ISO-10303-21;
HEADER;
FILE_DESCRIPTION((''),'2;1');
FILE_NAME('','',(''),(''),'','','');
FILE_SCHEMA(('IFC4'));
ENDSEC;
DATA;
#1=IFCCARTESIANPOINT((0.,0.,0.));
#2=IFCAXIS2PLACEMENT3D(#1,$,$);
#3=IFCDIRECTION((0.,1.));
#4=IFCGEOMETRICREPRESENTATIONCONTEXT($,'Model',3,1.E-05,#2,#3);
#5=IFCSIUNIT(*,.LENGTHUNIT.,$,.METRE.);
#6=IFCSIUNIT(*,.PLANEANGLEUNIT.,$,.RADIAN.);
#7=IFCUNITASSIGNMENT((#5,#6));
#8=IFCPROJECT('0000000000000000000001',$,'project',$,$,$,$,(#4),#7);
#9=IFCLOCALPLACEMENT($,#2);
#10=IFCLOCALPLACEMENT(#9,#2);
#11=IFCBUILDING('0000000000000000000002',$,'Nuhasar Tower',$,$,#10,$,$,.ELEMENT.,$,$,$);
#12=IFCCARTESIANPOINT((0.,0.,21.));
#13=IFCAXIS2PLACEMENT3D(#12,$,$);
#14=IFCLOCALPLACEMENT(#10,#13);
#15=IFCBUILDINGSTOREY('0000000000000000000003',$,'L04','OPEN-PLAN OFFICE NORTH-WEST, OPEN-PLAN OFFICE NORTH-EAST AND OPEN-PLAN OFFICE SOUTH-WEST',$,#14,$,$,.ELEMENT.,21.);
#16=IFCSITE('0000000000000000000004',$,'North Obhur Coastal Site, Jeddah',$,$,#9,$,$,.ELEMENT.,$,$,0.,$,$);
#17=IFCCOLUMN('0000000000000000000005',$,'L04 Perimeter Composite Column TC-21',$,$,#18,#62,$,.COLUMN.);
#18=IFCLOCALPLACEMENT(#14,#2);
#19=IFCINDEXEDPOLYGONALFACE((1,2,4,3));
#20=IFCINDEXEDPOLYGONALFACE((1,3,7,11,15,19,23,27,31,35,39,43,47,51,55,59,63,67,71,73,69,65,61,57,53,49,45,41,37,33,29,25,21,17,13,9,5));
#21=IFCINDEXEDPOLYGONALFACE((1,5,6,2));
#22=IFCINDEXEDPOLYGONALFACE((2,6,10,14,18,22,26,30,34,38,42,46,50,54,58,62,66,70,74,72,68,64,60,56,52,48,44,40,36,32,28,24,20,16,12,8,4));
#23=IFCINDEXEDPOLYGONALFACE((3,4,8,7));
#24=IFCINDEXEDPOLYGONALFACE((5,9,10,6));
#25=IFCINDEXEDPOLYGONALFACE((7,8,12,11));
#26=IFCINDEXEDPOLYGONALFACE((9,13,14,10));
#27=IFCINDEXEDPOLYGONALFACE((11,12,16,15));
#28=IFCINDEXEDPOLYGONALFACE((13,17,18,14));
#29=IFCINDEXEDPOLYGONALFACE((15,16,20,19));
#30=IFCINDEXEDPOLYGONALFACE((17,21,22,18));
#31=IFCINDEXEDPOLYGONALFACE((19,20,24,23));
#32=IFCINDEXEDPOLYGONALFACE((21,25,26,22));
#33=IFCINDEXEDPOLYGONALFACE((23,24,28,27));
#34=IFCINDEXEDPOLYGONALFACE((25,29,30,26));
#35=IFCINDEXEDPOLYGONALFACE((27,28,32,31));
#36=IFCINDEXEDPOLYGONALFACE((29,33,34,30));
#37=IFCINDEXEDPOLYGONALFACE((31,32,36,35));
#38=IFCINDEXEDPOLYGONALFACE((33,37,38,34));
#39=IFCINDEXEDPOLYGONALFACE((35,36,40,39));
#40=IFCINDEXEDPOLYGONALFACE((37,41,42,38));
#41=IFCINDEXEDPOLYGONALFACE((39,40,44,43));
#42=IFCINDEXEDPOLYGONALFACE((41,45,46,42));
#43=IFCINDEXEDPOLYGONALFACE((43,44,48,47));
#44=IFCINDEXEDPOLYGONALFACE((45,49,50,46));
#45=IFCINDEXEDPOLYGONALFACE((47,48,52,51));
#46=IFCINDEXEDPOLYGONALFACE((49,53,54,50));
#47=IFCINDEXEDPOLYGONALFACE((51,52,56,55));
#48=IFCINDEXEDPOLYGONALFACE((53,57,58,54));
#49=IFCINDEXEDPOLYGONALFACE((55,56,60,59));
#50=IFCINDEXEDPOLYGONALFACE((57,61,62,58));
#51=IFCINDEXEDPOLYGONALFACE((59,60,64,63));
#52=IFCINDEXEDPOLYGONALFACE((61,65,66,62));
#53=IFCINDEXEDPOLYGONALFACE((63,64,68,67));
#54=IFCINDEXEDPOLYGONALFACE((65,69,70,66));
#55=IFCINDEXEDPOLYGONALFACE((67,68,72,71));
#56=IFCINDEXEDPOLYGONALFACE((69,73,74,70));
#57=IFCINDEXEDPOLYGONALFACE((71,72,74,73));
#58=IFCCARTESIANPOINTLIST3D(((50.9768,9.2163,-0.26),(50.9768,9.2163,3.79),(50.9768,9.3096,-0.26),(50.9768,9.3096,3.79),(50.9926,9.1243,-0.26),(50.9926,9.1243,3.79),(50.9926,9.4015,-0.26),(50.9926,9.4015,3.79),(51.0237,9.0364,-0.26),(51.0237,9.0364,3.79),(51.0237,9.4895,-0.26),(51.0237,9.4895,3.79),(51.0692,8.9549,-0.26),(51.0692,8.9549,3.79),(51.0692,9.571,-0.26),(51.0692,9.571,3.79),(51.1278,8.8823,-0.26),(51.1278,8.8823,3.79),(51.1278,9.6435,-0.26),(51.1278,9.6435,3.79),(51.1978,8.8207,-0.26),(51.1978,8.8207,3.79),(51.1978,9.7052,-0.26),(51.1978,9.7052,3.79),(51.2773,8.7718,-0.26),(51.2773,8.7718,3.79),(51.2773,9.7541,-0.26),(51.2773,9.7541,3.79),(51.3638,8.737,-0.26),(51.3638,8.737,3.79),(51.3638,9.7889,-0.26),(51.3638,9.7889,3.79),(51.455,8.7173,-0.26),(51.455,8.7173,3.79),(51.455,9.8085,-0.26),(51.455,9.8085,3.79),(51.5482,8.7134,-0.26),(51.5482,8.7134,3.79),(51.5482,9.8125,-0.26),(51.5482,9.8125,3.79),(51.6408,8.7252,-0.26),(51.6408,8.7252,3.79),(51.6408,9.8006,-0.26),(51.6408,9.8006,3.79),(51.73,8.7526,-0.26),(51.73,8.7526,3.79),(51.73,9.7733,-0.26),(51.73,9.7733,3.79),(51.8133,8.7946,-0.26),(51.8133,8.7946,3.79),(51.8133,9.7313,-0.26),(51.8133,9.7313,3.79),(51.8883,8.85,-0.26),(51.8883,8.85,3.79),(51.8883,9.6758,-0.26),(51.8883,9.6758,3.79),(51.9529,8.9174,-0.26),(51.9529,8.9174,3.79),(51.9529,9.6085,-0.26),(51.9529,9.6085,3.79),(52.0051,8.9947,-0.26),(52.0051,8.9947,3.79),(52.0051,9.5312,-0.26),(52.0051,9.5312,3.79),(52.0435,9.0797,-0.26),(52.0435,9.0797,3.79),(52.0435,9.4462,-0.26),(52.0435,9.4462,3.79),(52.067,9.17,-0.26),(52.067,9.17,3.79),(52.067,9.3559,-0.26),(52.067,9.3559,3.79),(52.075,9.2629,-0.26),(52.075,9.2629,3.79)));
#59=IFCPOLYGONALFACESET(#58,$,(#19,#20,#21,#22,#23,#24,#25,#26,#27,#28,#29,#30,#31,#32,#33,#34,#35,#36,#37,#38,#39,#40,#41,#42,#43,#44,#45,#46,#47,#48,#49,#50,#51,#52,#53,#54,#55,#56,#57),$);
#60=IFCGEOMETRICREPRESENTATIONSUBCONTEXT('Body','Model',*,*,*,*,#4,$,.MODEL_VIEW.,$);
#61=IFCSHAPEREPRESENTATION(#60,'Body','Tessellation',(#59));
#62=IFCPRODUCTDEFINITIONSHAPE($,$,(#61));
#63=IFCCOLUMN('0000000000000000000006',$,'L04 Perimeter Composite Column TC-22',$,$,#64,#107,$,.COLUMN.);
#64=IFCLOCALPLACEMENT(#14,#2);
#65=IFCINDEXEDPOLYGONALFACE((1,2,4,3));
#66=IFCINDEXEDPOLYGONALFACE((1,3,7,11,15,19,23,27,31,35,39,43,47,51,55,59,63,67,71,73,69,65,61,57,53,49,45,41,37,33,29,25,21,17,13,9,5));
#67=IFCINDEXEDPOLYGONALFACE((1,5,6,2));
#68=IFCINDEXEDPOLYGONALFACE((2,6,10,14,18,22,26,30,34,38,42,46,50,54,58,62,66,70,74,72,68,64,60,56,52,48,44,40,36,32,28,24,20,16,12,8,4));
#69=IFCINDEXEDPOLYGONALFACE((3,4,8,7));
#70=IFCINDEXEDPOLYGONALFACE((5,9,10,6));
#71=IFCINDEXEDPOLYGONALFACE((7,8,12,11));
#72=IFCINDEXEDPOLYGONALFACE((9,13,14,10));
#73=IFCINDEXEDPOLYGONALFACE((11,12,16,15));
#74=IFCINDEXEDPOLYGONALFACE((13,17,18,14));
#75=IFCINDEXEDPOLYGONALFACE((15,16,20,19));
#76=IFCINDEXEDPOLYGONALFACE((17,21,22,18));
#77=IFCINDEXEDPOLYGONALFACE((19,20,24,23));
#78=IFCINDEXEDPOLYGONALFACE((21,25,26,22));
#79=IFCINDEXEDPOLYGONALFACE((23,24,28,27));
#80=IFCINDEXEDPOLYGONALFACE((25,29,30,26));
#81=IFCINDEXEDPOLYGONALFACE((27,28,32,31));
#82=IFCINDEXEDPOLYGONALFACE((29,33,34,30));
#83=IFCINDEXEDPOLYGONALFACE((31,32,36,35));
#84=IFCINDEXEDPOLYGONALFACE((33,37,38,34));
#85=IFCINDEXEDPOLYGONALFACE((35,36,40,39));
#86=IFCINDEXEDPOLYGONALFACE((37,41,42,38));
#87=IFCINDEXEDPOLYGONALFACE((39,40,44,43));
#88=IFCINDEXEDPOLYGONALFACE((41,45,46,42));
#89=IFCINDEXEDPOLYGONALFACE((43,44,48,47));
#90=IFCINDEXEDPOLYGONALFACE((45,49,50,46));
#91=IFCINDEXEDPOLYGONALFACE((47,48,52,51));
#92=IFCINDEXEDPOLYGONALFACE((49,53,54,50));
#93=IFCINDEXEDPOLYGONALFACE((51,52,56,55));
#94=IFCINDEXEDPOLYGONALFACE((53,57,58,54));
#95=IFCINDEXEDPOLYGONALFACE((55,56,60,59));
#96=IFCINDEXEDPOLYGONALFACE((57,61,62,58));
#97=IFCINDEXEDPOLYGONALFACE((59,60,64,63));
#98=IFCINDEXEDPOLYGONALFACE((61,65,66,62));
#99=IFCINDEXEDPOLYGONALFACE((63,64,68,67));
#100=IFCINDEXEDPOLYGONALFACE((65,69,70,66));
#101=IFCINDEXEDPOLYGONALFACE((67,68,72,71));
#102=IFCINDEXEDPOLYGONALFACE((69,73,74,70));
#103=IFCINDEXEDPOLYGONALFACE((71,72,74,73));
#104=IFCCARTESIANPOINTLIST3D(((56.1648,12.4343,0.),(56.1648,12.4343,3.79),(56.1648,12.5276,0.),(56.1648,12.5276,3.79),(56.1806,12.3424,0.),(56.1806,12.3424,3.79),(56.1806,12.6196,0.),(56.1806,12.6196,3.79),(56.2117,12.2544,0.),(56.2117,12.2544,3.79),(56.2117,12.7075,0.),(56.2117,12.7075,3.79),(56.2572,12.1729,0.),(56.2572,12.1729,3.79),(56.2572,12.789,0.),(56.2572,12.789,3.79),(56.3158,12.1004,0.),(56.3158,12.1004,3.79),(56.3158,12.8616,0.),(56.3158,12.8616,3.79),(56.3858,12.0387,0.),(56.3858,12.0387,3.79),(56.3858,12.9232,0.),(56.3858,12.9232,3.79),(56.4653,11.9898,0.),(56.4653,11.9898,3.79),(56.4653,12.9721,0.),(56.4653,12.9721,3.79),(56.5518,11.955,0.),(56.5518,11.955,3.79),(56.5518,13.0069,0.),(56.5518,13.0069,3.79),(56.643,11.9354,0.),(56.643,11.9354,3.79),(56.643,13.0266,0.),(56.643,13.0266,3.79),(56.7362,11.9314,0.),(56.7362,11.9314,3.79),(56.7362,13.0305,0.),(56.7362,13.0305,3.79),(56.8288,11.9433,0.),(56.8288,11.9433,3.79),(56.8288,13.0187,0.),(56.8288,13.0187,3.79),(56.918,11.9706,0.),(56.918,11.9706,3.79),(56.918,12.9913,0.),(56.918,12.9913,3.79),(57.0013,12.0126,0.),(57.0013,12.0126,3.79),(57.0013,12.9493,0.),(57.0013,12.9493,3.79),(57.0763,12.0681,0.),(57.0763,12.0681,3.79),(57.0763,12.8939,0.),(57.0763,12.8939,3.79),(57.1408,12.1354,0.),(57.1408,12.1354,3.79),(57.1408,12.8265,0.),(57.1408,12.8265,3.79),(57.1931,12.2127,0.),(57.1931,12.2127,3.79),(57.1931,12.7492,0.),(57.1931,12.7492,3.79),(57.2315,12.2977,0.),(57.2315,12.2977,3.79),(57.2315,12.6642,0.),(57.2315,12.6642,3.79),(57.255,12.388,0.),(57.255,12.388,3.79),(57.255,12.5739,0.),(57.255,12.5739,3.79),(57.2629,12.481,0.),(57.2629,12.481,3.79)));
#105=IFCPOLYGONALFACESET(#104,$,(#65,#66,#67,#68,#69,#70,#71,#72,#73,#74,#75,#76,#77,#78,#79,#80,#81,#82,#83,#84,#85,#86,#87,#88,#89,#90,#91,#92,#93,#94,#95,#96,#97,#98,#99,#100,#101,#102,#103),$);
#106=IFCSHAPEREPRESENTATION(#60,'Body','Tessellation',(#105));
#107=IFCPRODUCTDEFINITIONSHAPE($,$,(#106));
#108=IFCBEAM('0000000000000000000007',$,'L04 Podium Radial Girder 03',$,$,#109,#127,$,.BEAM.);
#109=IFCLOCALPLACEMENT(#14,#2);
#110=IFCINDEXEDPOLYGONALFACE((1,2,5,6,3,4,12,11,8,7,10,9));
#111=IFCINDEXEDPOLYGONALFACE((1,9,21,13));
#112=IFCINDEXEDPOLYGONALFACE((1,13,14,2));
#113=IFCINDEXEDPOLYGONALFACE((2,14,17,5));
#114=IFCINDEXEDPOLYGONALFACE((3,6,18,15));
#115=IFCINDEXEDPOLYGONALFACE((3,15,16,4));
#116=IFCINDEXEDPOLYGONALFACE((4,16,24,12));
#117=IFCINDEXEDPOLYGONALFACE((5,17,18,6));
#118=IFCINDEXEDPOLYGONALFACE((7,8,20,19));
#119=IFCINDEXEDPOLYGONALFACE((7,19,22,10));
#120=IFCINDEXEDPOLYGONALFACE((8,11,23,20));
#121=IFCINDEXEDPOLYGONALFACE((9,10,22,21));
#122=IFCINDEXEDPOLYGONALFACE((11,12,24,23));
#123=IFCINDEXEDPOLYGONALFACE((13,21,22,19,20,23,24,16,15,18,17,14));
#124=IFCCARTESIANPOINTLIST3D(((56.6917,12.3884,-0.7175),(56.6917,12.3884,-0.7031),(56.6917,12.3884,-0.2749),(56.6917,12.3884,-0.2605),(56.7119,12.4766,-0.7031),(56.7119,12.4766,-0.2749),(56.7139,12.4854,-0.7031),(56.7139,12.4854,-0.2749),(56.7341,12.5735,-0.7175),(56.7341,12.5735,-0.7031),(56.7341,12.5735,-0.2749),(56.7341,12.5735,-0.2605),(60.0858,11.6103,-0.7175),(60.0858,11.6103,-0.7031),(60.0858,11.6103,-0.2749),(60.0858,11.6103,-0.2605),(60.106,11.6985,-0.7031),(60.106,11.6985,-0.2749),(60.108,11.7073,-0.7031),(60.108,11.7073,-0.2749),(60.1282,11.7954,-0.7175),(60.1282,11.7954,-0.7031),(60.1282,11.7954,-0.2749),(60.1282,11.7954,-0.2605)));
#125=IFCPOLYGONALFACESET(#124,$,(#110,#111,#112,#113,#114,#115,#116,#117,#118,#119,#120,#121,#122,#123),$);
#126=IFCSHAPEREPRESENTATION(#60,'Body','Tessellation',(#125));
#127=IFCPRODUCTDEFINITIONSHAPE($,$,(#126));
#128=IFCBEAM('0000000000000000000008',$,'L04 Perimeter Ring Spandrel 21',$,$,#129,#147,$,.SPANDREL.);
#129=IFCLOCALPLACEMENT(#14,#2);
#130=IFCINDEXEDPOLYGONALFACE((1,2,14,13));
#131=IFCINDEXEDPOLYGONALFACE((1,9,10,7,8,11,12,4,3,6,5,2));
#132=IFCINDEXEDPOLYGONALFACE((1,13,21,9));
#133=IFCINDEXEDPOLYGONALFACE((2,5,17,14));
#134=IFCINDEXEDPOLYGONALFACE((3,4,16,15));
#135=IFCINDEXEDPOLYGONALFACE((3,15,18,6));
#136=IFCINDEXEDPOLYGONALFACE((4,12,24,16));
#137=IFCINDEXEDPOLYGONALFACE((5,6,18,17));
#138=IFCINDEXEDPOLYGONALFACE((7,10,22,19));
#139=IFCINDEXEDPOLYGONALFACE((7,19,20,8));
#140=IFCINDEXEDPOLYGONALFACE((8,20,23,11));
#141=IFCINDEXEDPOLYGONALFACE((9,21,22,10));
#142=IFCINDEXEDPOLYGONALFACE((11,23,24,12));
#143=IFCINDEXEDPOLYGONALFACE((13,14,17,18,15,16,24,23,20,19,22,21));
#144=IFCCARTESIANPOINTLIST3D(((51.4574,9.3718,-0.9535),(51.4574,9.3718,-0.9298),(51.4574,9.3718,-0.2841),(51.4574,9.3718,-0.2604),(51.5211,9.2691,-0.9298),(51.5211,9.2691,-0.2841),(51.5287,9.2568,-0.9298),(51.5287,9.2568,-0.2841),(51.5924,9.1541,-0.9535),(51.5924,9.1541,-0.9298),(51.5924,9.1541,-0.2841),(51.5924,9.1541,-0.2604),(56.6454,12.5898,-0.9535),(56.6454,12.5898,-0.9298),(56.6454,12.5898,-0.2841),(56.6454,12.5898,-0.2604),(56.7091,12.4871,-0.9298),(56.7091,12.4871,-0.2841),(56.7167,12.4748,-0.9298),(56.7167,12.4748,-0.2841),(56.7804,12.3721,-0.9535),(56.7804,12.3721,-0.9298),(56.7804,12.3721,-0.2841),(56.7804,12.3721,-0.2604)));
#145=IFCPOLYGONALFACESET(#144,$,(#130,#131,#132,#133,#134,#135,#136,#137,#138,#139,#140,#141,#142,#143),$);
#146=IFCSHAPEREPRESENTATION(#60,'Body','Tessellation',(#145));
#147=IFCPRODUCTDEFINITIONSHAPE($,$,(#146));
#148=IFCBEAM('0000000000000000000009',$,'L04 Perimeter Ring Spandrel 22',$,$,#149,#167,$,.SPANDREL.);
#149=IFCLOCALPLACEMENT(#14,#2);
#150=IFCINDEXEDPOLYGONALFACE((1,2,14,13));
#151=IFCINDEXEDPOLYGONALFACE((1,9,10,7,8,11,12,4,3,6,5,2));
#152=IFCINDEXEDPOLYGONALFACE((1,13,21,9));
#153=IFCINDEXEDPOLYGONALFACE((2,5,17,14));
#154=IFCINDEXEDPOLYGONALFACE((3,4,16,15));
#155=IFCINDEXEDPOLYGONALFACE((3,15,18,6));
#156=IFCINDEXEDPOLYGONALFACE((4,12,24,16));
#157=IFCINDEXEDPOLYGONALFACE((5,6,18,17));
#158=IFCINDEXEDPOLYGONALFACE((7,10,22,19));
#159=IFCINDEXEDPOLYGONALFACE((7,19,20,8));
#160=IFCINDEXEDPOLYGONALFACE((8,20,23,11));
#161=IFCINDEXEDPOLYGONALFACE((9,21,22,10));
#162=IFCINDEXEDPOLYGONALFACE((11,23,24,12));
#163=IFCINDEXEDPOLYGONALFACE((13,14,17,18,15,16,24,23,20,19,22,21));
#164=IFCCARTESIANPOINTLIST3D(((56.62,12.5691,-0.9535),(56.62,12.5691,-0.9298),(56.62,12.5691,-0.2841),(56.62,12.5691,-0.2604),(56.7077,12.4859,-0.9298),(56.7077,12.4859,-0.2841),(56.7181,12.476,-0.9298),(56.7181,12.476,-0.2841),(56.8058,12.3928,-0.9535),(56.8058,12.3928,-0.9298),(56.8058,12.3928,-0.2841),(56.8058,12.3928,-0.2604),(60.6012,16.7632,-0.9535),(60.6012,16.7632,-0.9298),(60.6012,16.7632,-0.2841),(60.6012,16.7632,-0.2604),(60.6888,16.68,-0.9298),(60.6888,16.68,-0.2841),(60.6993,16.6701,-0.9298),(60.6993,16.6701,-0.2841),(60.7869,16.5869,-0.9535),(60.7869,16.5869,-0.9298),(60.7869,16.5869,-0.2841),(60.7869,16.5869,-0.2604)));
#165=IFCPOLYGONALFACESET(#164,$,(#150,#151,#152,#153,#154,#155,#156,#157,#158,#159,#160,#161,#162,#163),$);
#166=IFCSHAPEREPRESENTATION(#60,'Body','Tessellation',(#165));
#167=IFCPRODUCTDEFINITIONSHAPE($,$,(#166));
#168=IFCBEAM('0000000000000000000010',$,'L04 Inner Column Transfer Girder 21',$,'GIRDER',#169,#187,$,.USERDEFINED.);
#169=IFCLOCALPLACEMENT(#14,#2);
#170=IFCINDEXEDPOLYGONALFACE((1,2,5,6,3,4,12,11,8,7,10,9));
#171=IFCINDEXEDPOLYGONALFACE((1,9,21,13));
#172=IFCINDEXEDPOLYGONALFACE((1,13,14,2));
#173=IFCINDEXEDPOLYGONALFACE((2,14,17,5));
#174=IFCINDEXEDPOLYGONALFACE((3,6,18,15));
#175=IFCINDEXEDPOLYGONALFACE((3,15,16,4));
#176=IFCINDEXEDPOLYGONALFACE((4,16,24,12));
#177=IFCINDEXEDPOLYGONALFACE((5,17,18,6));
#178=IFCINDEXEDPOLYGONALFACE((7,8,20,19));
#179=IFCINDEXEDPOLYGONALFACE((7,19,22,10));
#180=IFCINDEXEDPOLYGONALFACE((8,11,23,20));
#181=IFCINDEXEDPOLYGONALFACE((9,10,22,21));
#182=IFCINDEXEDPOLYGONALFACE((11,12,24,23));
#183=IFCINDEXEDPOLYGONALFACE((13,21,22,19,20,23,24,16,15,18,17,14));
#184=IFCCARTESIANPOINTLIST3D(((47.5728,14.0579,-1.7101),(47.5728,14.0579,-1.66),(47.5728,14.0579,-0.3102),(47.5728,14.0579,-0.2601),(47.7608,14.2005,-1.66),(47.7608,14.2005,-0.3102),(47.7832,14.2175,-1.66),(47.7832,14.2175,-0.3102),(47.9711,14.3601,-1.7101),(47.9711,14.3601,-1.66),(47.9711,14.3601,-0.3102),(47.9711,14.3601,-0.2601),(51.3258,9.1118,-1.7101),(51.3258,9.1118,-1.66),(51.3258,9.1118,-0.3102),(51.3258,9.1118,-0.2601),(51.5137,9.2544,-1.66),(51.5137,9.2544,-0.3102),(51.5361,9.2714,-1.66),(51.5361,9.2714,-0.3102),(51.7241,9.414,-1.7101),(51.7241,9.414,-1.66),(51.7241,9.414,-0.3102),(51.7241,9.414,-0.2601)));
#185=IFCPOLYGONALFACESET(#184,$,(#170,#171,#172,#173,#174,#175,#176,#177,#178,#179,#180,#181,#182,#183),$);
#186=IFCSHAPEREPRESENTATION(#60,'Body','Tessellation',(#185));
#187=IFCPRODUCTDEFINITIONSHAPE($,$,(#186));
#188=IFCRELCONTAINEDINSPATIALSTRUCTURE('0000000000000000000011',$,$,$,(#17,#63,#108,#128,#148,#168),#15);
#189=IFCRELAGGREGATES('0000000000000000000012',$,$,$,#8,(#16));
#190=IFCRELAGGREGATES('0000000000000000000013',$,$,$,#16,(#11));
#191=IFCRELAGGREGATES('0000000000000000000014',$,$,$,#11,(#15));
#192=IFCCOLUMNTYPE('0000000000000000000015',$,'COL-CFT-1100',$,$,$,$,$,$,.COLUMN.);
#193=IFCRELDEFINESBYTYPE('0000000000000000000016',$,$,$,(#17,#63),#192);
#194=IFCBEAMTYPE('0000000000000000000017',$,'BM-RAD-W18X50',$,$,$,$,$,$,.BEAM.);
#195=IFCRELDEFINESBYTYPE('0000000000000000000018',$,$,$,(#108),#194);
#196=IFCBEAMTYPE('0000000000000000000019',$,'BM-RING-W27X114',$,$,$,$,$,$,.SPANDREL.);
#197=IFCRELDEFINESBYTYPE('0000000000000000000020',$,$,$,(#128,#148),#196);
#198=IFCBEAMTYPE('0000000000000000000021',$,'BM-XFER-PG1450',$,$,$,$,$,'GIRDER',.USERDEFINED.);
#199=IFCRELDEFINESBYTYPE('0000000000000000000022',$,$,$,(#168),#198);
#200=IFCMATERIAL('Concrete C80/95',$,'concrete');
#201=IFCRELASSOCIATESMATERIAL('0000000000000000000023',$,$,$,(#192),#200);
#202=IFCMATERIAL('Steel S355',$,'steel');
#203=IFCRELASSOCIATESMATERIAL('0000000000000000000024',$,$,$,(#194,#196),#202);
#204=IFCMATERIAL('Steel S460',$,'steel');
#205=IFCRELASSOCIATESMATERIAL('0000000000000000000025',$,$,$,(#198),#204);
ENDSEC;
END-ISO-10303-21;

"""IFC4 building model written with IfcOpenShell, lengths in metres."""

from ifc_helpers import new_model, si_unit, direction, frame, origin, origin_2d, place, context, subcontext, project, spatial, circle, i_section, extrude, material, material_profile, profile_set, type_object, element, save


model = new_model("IFC4")

# Units and contexts
model_context = context("Model", 3, precision=1e-05, world=origin(), true_north=direction((0.0, 1.0)))
body_context = subcontext(model_context, "Body", "Model", "MODEL_VIEW")
ifc_project = project(units=[si_unit("LENGTHUNIT", "METRE"), si_unit("PLANEANGLEUNIT", "RADIAN")], contexts=[model_context])

# Site, building, storey
site_placement = place(None, origin())
site = spatial("IfcSite", under=ifc_project, at=site_placement, Name="North Obhur Coastal Site, Jeddah", CompositionType="ELEMENT", RefElevation=0.0)
building_placement = place(site_placement, origin())
building = spatial("IfcBuilding", under=site, at=building_placement, Name="Nuhasar Tower", CompositionType="ELEMENT")
storey_placement = place(building_placement, frame((0.0, 0.0, 21.0)))
storey = spatial("IfcBuildingStorey", under=building, at=storey_placement, Name="L04", Description="OPEN-PLAN OFFICE NORTH-WEST, OPEN-PLAN OFFICE NORTH-EAST AND OPEN-PLAN OFFICE SOUTH-WEST", CompositionType="ELEMENT", Elevation=21.0)

# Columns
ifc_material_1 = material(Name="Concrete C80/95", Category="concrete")
ifc_material_profile_1 = material_profile(ifc_material_1, circle(Radius=0.55, at=origin_2d()), Name="CFT1100")
ifc_profile_set_1 = profile_set([ifc_material_profile_1], Name="Concrete C80/95")
column_type = type_object("IfcColumnType", Name="COL-CFT-1100", PredefinedType="COLUMN", material=ifc_profile_set_1)
column_1_placement = place(storey_placement, frame((51.5249, 9.2629, -0.26), z_axis=(0.0, 0.0, 1.0), x_axis=(1.0, 0.0, 0.0)))
element("IfcColumn", 1, at=column_1_placement, inside=storey, type_object=column_type, Name="L04 Perimeter Composite Column TC-21", PredefinedType="COLUMN", context=body_context, shape_type="SweptSolid", body=[
    extrude(circle(Radius=0.55, at=origin_2d()), origin(), (0.0, 0.0, 1.0), 4.05),
])
column_2_placement = place(storey_placement, frame((56.7129, 12.481, 0.0), z_axis=(0.0, 0.0, 1.0), x_axis=(1.0, 0.0, 0.0)))
element("IfcColumn", 2, at=column_2_placement, inside=storey, type_object=column_type, Name="L04 Perimeter Composite Column TC-22", PredefinedType="COLUMN", context=body_context, shape_type="SweptSolid", body=[
    extrude(circle(Radius=0.55, at=origin_2d()), origin(), (0.0, 0.0, 1.0), 3.79),
])

# Beams
ifc_material_2 = material(Name="Steel S355", Category="steel")
ifc_material_profile_2 = material_profile(ifc_material_2, i_section(OverallWidth=0.1899, OverallDepth=0.457, WebThickness=0.009, FlangeThickness=0.0144, at=origin_2d()), Name="W18X50")
ifc_profile_set_2 = profile_set([ifc_material_profile_2], Name="Steel S355")
beam_type_1 = type_object("IfcBeamType", Name="BM-RAD-W18X50", PredefinedType="BEAM", material=ifc_profile_set_2)
beam_1_placement = place(storey_placement, frame((56.7129, 12.481, -0.489), z_axis=(0.974715, -0.223451, 0.0), x_axis=(0.223451, 0.974715, 0.0)))
element("IfcBeam", 3, at=beam_1_placement, inside=storey, type_object=beam_type_1, Name="L04 Podium Radial Girder 03", PredefinedType="BEAM", context=body_context, shape_type="SweptSolid", body=[
    extrude(i_section(OverallWidth=0.1899, OverallDepth=0.457, WebThickness=0.009, FlangeThickness=0.0144, at=origin_2d()), origin(), (0.0, 0.0, 1.0), 3.4822),
])
ifc_material_profile_3 = material_profile(ifc_material_2, i_section(OverallWidth=0.2561, OverallDepth=0.6931, WebThickness=0.0144, FlangeThickness=0.0237, at=origin_2d()), Name="W27X114")
ifc_profile_set_3 = profile_set([ifc_material_profile_3], Name="Steel S355")
beam_type_2 = type_object("IfcBeamType", Name="BM-RING-W27X114", PredefinedType="SPANDREL", material=ifc_profile_set_3)
beam_2_placement = place(storey_placement, frame((51.5249, 9.2629, -0.6069), z_axis=(0.849795, 0.527113, 0.0), x_axis=(-0.527113, 0.849795, 0.0)))
element("IfcBeam", 4, at=beam_2_placement, inside=storey, type_object=beam_type_2, Name="L04 Perimeter Ring Spandrel 21", PredefinedType="SPANDREL", context=body_context, shape_type="SweptSolid", body=[
    extrude(i_section(OverallWidth=0.2561, OverallDepth=0.6931, WebThickness=0.0144, FlangeThickness=0.0237, at=origin_2d()), origin(), (0.0, 0.0, 1.0), 6.105),
])
beam_3_placement = place(storey_placement, frame((56.7129, 12.481, -0.6069), z_axis=(0.68846, 0.725274, 0.0), x_axis=(-0.725274, 0.68846, 0.0)))
element("IfcBeam", 5, at=beam_3_placement, inside=storey, type_object=beam_type_2, Name="L04 Perimeter Ring Spandrel 22", PredefinedType="SPANDREL", context=body_context, shape_type="SweptSolid", body=[
    extrude(i_section(OverallWidth=0.2561, OverallDepth=0.6931, WebThickness=0.0144, FlangeThickness=0.0237, at=origin_2d()), origin(), (0.0, 0.0, 1.0), 5.7827),
])
ifc_material_3 = material(Name="Steel S460", Category="steel")
ifc_material_profile_4 = material_profile(ifc_material_3, i_section(OverallWidth=0.5, OverallDepth=1.45, WebThickness=0.0281, FlangeThickness=0.05, at=origin_2d()), Name="PG1450X500")
ifc_profile_set_4 = profile_set([ifc_material_profile_4], Name="Steel S460")
beam_type_3 = type_object("IfcBeamType", Name="BM-XFER-PG1450", ElementType="GIRDER", PredefinedType="USERDEFINED", material=ifc_profile_set_4)
beam_4_placement = place(storey_placement, frame((47.772, 14.209, -0.9851), z_axis=(0.604464, -0.796633, 0.0), x_axis=(0.796633, 0.604464, 0.0)))
element("IfcBeam", 6, at=beam_4_placement, inside=storey, type_object=beam_type_3, Name="L04 Inner Column Transfer Girder 21", ObjectType="GIRDER", PredefinedType="USERDEFINED", context=body_context, shape_type="SweptSolid", body=[
    extrude(i_section(OverallWidth=0.5, OverallDepth=1.45, WebThickness=0.0281, FlangeThickness=0.05, at=origin_2d()), origin(), (0.0, 0.0, 1.0), 6.2087),
])

save(model, "model.ifc")
